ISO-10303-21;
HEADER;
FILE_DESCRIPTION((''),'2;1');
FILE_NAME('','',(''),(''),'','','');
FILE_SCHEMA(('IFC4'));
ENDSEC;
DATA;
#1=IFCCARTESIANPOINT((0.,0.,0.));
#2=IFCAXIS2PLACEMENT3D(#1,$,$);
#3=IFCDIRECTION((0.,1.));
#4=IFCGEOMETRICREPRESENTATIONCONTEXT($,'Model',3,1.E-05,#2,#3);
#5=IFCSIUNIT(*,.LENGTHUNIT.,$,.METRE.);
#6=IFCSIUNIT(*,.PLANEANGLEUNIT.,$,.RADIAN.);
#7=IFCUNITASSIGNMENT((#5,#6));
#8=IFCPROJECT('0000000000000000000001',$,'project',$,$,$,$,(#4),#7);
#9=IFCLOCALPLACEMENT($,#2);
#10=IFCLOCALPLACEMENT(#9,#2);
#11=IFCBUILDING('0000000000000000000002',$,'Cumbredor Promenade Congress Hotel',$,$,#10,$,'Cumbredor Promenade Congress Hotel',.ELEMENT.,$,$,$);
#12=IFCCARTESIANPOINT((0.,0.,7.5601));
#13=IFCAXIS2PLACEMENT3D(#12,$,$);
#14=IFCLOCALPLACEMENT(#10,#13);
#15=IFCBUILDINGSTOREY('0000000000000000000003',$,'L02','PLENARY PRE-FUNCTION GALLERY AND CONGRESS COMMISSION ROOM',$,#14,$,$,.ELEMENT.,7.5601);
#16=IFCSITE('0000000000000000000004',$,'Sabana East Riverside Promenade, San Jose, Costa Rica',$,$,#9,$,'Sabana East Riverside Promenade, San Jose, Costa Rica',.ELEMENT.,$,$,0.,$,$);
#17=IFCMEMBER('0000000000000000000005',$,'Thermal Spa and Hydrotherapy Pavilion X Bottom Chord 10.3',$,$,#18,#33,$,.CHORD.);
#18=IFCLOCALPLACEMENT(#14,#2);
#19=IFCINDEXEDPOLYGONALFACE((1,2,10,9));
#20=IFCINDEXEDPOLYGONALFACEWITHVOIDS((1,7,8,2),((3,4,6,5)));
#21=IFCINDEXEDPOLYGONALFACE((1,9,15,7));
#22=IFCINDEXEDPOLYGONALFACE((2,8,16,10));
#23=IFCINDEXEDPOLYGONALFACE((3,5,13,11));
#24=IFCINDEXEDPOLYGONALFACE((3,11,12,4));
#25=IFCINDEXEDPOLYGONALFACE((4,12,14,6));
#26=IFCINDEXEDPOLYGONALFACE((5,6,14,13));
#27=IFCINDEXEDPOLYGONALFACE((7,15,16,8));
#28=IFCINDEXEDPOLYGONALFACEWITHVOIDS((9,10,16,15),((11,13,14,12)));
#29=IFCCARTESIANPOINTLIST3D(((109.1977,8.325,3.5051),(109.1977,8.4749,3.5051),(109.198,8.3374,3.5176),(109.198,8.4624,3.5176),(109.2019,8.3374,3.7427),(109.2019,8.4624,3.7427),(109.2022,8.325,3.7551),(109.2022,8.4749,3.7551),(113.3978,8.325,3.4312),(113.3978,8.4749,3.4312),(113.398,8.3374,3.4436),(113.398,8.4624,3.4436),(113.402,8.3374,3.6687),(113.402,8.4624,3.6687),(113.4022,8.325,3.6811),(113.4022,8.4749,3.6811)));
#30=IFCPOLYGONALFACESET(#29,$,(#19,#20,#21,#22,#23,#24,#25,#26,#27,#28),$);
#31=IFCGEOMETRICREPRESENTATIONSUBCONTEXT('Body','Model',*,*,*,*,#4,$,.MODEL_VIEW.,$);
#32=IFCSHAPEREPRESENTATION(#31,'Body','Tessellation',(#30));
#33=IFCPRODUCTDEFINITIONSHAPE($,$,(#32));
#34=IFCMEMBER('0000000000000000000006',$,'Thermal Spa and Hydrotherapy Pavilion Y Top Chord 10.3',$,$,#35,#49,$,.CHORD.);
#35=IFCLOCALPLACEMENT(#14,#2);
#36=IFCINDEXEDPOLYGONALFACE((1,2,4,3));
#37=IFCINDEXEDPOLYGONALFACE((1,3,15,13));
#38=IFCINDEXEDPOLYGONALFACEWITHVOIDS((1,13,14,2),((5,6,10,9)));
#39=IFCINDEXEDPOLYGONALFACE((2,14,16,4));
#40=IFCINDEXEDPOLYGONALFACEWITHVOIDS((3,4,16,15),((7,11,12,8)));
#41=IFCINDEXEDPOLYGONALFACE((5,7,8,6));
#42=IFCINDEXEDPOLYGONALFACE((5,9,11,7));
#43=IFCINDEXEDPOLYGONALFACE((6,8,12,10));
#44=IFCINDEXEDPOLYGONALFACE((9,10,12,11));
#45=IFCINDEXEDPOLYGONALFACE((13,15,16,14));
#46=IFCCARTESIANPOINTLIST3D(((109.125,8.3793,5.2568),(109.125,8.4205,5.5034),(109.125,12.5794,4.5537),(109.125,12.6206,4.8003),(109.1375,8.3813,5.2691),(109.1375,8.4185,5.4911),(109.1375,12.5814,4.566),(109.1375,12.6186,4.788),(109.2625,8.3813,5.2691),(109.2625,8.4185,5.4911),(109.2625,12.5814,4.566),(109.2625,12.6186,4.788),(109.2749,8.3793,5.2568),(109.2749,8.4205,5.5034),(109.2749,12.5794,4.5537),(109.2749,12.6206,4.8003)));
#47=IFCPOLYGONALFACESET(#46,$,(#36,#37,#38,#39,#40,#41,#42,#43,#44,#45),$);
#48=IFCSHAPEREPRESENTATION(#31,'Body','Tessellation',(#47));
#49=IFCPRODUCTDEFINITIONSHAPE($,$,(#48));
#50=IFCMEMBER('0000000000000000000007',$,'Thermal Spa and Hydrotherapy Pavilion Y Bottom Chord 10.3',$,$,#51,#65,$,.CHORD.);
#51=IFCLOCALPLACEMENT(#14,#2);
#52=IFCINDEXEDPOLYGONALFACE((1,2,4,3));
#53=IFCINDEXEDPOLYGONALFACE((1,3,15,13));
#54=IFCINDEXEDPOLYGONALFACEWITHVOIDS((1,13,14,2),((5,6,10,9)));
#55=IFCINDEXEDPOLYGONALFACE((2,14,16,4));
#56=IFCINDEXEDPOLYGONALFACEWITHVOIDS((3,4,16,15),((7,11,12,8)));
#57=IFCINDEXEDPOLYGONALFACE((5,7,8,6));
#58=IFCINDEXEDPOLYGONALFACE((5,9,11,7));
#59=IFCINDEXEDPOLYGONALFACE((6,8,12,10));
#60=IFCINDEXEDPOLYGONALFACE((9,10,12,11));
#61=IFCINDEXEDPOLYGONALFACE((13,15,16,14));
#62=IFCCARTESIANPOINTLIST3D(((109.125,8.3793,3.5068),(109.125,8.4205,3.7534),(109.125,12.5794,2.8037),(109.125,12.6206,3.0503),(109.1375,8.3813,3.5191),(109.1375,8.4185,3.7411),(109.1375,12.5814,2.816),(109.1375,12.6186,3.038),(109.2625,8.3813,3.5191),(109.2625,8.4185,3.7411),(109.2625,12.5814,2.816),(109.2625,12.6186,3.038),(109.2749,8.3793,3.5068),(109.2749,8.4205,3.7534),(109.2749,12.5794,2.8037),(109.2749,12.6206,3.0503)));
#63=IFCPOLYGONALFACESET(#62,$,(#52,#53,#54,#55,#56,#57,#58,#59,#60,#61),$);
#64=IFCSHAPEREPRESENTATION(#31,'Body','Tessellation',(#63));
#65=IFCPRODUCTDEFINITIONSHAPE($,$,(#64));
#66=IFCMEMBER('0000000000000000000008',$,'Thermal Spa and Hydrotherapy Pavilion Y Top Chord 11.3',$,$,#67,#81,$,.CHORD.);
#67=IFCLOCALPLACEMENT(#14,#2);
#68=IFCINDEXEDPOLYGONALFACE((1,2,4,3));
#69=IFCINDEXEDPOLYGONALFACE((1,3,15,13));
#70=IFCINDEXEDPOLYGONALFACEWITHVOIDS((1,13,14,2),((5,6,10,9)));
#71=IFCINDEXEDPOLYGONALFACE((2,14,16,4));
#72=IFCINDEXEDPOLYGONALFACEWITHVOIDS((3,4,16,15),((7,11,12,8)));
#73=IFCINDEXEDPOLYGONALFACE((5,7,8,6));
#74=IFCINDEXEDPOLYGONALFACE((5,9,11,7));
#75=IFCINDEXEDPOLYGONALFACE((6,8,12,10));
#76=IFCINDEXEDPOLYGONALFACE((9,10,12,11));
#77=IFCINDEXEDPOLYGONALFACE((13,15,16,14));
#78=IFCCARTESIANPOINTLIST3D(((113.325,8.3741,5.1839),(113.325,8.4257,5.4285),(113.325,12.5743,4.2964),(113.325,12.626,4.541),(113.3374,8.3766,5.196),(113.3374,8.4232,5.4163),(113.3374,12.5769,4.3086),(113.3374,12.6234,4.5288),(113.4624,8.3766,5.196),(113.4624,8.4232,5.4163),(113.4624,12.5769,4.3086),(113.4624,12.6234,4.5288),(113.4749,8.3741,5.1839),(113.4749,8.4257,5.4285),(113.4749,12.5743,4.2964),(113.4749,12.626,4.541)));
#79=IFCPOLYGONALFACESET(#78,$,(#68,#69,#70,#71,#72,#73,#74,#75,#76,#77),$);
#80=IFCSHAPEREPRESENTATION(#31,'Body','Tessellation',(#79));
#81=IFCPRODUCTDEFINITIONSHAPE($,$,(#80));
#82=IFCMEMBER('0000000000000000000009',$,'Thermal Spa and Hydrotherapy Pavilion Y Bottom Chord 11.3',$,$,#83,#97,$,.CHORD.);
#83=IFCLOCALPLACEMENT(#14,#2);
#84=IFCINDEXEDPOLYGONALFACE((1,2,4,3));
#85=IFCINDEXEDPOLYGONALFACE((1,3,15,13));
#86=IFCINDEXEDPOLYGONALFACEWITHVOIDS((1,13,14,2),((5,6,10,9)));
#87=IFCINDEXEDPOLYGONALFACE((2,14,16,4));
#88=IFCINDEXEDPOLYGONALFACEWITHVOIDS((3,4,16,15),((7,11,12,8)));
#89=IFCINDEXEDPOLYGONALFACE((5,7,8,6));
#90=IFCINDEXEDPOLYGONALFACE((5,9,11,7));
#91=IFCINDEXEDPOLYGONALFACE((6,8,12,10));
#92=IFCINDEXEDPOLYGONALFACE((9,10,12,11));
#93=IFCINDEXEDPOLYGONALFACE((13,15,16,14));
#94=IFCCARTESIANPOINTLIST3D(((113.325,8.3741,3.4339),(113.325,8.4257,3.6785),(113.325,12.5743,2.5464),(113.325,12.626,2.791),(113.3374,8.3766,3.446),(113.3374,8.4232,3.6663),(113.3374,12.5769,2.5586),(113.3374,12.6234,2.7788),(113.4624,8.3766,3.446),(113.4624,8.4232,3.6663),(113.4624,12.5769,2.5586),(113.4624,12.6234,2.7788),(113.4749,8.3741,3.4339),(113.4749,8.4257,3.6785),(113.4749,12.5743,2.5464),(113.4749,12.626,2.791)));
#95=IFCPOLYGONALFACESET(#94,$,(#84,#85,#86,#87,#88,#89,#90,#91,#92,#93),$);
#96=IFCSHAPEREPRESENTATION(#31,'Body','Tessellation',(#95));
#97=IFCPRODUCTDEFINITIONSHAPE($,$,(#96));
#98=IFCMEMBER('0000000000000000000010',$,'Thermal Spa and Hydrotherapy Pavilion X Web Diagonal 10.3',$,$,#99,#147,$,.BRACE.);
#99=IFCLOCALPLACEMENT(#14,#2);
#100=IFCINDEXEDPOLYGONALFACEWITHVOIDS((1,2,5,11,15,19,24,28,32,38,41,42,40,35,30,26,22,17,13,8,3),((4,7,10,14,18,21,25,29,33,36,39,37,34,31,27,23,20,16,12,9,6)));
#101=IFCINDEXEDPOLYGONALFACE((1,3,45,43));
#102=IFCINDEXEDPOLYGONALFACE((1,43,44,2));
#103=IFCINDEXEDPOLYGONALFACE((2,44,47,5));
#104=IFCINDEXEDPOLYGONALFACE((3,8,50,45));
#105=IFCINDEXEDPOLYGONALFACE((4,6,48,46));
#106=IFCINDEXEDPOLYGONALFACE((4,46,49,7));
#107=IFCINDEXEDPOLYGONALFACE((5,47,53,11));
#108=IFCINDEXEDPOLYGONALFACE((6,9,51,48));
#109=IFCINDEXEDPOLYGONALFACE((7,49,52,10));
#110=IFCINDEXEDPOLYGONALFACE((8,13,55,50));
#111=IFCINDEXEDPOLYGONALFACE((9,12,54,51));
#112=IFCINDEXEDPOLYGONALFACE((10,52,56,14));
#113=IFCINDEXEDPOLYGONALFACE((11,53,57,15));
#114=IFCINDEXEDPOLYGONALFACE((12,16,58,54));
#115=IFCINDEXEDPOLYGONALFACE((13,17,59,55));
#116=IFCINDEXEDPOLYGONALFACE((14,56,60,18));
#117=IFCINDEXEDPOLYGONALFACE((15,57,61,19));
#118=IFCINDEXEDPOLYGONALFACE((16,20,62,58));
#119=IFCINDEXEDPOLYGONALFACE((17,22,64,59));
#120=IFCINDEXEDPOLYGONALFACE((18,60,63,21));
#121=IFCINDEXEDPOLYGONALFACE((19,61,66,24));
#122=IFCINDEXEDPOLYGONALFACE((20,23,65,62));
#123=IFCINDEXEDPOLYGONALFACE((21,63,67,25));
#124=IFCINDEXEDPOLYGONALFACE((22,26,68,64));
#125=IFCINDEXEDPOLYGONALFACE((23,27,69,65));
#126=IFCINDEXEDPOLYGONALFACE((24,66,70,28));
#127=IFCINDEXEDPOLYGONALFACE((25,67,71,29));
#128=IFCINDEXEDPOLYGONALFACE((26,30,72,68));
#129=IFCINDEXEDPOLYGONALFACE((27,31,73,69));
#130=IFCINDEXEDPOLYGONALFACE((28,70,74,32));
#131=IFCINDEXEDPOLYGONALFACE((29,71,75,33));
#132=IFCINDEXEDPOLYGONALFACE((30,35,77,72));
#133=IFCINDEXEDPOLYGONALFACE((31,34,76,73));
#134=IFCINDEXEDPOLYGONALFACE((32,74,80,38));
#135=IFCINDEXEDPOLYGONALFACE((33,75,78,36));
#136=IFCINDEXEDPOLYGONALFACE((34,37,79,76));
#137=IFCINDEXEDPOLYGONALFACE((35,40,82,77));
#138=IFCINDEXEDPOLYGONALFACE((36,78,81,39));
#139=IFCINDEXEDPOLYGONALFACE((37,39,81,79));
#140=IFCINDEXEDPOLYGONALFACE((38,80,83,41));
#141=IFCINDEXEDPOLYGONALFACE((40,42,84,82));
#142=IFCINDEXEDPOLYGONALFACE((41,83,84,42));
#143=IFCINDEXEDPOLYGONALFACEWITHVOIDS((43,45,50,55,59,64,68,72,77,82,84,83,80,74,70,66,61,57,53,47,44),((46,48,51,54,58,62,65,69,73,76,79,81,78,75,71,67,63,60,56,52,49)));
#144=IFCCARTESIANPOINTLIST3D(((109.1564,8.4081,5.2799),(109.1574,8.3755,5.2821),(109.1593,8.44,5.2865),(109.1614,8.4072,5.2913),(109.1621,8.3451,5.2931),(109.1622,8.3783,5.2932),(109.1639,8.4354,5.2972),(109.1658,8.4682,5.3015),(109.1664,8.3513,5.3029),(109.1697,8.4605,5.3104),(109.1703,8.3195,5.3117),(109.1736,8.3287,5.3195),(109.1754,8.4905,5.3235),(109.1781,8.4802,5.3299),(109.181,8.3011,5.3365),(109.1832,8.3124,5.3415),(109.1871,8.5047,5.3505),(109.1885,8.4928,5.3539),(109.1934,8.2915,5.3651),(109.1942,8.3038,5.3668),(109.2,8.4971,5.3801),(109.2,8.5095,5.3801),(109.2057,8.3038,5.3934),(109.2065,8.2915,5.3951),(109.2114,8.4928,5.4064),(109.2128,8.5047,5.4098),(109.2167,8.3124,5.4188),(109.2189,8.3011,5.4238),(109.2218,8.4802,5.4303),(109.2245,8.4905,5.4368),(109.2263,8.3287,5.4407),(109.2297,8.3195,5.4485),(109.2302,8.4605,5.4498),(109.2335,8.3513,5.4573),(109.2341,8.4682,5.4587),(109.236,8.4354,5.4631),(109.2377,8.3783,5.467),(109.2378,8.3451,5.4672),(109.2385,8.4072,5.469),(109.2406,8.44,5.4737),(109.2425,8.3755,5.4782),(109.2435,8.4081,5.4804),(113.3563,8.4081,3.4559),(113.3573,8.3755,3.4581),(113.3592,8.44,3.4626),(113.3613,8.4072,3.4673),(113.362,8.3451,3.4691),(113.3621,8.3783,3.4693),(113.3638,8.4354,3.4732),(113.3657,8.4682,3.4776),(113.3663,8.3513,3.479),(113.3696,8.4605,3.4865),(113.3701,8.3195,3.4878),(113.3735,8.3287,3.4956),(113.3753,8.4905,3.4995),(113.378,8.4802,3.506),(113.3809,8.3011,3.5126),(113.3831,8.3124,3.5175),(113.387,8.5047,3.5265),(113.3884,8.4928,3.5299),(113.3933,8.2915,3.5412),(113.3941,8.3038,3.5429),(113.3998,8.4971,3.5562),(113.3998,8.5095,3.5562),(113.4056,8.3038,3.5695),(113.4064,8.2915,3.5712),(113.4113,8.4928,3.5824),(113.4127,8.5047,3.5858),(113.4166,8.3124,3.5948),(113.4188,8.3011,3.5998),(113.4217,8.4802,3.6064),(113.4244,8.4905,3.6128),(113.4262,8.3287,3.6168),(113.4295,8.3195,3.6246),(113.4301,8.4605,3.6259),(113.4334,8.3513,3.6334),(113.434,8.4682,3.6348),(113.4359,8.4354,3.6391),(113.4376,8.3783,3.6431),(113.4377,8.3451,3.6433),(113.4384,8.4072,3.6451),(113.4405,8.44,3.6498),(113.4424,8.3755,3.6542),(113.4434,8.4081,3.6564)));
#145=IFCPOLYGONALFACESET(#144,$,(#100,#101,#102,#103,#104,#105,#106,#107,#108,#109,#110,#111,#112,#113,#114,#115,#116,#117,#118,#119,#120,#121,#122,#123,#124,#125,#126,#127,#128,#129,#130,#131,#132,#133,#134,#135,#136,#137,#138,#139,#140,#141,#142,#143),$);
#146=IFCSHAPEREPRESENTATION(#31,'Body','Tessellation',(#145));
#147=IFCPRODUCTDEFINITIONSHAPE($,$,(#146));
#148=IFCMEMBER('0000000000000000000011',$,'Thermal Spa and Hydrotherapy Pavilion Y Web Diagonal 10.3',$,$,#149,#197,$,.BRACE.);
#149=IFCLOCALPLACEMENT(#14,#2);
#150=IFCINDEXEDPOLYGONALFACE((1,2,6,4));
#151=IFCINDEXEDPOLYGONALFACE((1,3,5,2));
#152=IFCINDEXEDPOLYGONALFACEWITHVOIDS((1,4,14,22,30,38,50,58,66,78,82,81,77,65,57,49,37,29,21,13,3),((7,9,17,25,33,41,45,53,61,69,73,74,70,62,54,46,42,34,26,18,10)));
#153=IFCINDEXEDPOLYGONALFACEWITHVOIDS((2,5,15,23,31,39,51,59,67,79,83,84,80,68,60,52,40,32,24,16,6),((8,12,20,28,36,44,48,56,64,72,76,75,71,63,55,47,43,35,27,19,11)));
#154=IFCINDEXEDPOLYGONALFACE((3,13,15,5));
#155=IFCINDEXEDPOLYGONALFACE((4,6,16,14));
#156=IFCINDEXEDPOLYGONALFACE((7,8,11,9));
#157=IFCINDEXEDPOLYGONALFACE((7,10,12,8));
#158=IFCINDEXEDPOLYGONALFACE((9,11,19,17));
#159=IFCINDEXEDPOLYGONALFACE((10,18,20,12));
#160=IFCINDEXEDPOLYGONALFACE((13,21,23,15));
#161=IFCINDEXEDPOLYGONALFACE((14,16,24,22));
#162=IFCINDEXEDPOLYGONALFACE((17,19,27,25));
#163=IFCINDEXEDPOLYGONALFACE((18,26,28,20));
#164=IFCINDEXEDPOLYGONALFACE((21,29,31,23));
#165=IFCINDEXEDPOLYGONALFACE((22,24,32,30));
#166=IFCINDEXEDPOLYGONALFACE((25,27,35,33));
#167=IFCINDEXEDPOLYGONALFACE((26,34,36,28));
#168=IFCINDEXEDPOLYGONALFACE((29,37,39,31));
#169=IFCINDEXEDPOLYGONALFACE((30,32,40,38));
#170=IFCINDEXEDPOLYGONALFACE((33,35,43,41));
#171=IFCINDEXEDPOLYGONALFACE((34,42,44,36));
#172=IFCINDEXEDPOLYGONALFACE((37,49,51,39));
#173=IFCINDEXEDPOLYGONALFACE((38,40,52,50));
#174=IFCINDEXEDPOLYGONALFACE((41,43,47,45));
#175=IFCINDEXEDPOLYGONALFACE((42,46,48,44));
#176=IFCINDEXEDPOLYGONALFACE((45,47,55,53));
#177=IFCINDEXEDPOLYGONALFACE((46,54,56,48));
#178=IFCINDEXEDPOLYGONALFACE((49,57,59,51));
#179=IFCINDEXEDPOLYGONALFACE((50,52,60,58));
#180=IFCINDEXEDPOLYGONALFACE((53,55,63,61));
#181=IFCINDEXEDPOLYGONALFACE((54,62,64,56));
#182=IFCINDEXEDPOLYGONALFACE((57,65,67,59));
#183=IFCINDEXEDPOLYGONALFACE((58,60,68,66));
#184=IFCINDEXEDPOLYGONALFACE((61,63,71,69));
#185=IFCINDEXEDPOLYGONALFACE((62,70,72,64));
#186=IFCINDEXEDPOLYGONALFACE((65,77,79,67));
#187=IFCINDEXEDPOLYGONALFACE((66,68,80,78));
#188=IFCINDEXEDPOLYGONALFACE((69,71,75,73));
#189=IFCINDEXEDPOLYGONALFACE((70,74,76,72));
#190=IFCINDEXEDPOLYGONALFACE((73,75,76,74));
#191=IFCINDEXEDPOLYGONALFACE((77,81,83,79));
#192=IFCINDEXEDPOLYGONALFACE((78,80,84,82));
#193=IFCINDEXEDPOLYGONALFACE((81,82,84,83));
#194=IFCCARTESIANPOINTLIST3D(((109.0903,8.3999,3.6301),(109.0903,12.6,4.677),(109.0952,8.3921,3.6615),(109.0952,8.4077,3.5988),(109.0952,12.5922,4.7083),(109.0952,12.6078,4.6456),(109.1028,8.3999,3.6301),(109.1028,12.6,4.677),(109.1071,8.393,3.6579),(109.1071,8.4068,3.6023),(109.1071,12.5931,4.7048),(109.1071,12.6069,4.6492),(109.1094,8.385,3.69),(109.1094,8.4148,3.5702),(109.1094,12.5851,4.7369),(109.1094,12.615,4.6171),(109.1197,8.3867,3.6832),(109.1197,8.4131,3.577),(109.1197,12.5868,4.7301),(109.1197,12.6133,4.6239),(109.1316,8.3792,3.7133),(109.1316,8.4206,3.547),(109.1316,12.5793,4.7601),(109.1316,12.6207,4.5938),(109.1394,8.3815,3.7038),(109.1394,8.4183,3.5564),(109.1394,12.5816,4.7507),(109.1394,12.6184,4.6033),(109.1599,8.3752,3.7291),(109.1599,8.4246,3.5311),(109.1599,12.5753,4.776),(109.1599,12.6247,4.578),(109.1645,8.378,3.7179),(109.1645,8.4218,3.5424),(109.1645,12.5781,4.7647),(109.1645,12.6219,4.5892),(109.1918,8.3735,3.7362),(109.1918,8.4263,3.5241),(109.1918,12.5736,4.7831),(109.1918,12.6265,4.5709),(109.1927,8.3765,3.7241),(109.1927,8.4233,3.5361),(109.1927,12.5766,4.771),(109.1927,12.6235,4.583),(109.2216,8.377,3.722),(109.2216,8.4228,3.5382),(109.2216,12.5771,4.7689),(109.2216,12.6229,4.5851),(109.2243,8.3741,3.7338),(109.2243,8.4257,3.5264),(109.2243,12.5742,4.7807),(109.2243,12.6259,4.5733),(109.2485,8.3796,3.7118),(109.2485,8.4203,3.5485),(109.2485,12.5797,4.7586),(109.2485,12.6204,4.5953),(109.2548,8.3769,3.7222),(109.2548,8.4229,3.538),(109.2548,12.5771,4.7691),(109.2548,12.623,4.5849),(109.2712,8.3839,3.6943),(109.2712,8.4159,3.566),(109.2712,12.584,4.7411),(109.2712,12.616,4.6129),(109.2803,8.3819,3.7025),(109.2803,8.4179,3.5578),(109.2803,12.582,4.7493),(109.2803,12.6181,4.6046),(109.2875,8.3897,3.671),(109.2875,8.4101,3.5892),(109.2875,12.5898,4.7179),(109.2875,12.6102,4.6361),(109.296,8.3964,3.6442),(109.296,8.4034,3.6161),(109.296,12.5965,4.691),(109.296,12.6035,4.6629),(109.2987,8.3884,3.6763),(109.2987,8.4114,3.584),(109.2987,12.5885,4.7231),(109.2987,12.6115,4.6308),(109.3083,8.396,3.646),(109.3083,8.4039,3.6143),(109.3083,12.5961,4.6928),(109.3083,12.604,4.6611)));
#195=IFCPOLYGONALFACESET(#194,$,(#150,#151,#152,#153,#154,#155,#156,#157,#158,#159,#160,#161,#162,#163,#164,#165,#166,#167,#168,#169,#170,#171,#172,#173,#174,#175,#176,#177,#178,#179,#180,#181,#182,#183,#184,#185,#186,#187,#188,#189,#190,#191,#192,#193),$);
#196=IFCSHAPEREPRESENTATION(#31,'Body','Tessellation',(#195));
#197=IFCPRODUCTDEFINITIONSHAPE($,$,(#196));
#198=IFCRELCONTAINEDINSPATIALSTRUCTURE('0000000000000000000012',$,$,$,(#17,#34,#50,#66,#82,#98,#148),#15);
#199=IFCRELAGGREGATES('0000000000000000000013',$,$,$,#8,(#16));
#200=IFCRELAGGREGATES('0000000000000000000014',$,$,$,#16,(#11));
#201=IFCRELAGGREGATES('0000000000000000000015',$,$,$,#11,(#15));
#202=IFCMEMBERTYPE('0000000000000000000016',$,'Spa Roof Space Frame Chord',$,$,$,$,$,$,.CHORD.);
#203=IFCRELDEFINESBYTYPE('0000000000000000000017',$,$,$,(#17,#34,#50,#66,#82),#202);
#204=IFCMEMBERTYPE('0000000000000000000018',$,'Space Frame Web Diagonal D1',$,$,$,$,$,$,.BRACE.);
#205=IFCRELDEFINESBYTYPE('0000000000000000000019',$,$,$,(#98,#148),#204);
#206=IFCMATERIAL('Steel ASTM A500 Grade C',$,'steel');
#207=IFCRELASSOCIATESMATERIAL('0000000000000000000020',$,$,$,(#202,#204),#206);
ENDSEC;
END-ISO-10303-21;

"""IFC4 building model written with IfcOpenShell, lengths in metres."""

from ifc_helpers import new_model, si_unit, direction, frame, origin, origin_2d, place, context, subcontext, project, spatial, hollow_rectangle, hollow_circle, extrude, material, material_profile, profile_set, type_object, element, save


model = new_model("IFC4")

# Units and contexts
model_context = context("Model", 3, precision=1e-05, world=origin(), true_north=direction((0.0, 1.0)))
body_context = subcontext(model_context, "Body", "Model", "MODEL_VIEW")
ifc_project = project(units=[si_unit("LENGTHUNIT", "METRE"), si_unit("PLANEANGLEUNIT", "RADIAN")], contexts=[model_context])

# Site, building, storey
site_placement = place(None, origin())
site = spatial("IfcSite", under=ifc_project, at=site_placement, Name="Sabana East Riverside Promenade, San Jose, Costa Rica", LongName="Sabana East Riverside Promenade, San Jose, Costa Rica", CompositionType="ELEMENT", RefElevation=0.0)
building_placement = place(site_placement, origin())
building = spatial("IfcBuilding", under=site, at=building_placement, Name="Cumbredor Promenade Congress Hotel", LongName="Cumbredor Promenade Congress Hotel", CompositionType="ELEMENT")
storey_placement = place(building_placement, frame((0.0, 0.0, 7.5601)))
storey = spatial("IfcBuildingStorey", under=building, at=storey_placement, Name="L02", Description="PLENARY PRE-FUNCTION GALLERY AND CONGRESS COMMISSION ROOM", CompositionType="ELEMENT", Elevation=7.5601)

# Members
ifc_material_1 = material(Name="Steel ASTM A500 Grade C", Category="steel")
ifc_material_profile_1 = material_profile(ifc_material_1, hollow_rectangle(XDim=0.1499, YDim=0.25, WallThickness=0.0125, at=origin_2d()), Name="HSS 250x150x12.5")
ifc_profile_set_1 = profile_set([ifc_material_profile_1], Name="Steel ASTM A500 Grade C")
member_type_1 = type_object("IfcMemberType", Name="Spa Roof Space Frame Chord", PredefinedType="CHORD", material=ifc_profile_set_1)
for number, where, z_axis, x_axis, name in (
    (1, (109.2, 8.3999, 3.6301), (0.999845, 0.0, -0.01761), (0.0, 1.0, 0.0), "Thermal Spa and Hydrotherapy Pavilion X Bottom Chord 10.3"),
):
    element("IfcMember", number, at=place(storey_placement, frame(where, z_axis=z_axis, x_axis=x_axis)), inside=storey, type_object=member_type_1, Name=name, PredefinedType="CHORD", context=body_context, shape_type="SweptSolid", body=[
        extrude(hollow_rectangle(XDim=0.1499, YDim=0.25, WallThickness=0.0125, at=origin_2d()), origin(), (0.0, 0.0, 1.0), 4.2007),
    ])
for number, where, z_axis, x_axis, name in (
    (2, (109.2, 8.3999, 5.3801), (0.0, 0.986276, -0.165105), (-1.0, 0.0, 0.0), "Thermal Spa and Hydrotherapy Pavilion Y Top Chord 10.3"),
    (3, (109.2, 8.3999, 3.6301), (0.0, 0.986276, -0.165105), (-1.0, 0.0, 0.0), "Thermal Spa and Hydrotherapy Pavilion Y Bottom Chord 10.3"),
):
    element("IfcMember", number, at=place(storey_placement, frame(where, z_axis=z_axis, x_axis=x_axis)), inside=storey, type_object=member_type_1, Name=name, PredefinedType="CHORD", context=body_context, shape_type="SweptSolid", body=[
        extrude(hollow_rectangle(XDim=0.1499, YDim=0.25, WallThickness=0.0125, at=origin_2d()), origin(), (0.0, 0.0, 1.0), 4.2585),
    ])
for number, where, z_axis, x_axis, name in (
    (4, (113.3999, 8.3999, 5.3062), (0.0, 0.978399, -0.206724), (-1.0, 0.0, 0.0), "Thermal Spa and Hydrotherapy Pavilion Y Top Chord 11.3"),
    (5, (113.3999, 8.3999, 3.5562), (0.0, 0.978399, -0.206724), (-1.0, 0.0, 0.0), "Thermal Spa and Hydrotherapy Pavilion Y Bottom Chord 11.3"),
):
    element("IfcMember", number, at=place(storey_placement, frame(where, z_axis=z_axis, x_axis=x_axis)), inside=storey, type_object=member_type_1, Name=name, PredefinedType="CHORD", context=body_context, shape_type="SweptSolid", body=[
        extrude(hollow_rectangle(XDim=0.1499, YDim=0.25, WallThickness=0.0125, at=origin_2d()), origin(), (0.0, 0.0, 1.0), 4.293),
    ])
ifc_material_profile_2 = material_profile(ifc_material_1, hollow_circle(Radius=0.1096, WallThickness=0.0125, at=origin_2d()), Name="CHS 219.1x12.5")
ifc_profile_set_2 = profile_set([ifc_material_profile_2], Name="Steel ASTM A500 Grade C")
member_type_2 = type_object("IfcMemberType", Name="Space Frame Web Diagonal D1", PredefinedType="BRACE", material=ifc_profile_set_2)
member_1_placement = place(storey_placement, frame((109.2, 8.3999, 5.3801), z_axis=(0.917237, 0.0, -0.398342), x_axis=(0.0, 1.0, 0.0)))
element("IfcMember", 6, at=member_1_placement, inside=storey, type_object=member_type_2, Name="Thermal Spa and Hydrotherapy Pavilion X Web Diagonal 10.3", PredefinedType="BRACE", context=body_context, shape_type="SweptSolid", body=[
    extrude(hollow_circle(Radius=0.1096, WallThickness=0.0125, at=origin_2d()), origin(), (0.0, 0.0, 1.0), 4.5789),
])
member_2_placement = place(storey_placement, frame((109.2, 8.3999, 3.6301), z_axis=(0.0, 0.970315, 0.241845), x_axis=(-1.0, 0.0, 0.0)))
element("IfcMember", 7, at=member_2_placement, inside=storey, type_object=member_type_2, Name="Thermal Spa and Hydrotherapy Pavilion Y Web Diagonal 10.3", PredefinedType="BRACE", context=body_context, shape_type="SweptSolid", body=[
    extrude(hollow_circle(Radius=0.1096, WallThickness=0.0125, at=origin_2d()), origin(), (0.0, 0.0, 1.0), 4.3286),
])

save(model, "model.ifc")
